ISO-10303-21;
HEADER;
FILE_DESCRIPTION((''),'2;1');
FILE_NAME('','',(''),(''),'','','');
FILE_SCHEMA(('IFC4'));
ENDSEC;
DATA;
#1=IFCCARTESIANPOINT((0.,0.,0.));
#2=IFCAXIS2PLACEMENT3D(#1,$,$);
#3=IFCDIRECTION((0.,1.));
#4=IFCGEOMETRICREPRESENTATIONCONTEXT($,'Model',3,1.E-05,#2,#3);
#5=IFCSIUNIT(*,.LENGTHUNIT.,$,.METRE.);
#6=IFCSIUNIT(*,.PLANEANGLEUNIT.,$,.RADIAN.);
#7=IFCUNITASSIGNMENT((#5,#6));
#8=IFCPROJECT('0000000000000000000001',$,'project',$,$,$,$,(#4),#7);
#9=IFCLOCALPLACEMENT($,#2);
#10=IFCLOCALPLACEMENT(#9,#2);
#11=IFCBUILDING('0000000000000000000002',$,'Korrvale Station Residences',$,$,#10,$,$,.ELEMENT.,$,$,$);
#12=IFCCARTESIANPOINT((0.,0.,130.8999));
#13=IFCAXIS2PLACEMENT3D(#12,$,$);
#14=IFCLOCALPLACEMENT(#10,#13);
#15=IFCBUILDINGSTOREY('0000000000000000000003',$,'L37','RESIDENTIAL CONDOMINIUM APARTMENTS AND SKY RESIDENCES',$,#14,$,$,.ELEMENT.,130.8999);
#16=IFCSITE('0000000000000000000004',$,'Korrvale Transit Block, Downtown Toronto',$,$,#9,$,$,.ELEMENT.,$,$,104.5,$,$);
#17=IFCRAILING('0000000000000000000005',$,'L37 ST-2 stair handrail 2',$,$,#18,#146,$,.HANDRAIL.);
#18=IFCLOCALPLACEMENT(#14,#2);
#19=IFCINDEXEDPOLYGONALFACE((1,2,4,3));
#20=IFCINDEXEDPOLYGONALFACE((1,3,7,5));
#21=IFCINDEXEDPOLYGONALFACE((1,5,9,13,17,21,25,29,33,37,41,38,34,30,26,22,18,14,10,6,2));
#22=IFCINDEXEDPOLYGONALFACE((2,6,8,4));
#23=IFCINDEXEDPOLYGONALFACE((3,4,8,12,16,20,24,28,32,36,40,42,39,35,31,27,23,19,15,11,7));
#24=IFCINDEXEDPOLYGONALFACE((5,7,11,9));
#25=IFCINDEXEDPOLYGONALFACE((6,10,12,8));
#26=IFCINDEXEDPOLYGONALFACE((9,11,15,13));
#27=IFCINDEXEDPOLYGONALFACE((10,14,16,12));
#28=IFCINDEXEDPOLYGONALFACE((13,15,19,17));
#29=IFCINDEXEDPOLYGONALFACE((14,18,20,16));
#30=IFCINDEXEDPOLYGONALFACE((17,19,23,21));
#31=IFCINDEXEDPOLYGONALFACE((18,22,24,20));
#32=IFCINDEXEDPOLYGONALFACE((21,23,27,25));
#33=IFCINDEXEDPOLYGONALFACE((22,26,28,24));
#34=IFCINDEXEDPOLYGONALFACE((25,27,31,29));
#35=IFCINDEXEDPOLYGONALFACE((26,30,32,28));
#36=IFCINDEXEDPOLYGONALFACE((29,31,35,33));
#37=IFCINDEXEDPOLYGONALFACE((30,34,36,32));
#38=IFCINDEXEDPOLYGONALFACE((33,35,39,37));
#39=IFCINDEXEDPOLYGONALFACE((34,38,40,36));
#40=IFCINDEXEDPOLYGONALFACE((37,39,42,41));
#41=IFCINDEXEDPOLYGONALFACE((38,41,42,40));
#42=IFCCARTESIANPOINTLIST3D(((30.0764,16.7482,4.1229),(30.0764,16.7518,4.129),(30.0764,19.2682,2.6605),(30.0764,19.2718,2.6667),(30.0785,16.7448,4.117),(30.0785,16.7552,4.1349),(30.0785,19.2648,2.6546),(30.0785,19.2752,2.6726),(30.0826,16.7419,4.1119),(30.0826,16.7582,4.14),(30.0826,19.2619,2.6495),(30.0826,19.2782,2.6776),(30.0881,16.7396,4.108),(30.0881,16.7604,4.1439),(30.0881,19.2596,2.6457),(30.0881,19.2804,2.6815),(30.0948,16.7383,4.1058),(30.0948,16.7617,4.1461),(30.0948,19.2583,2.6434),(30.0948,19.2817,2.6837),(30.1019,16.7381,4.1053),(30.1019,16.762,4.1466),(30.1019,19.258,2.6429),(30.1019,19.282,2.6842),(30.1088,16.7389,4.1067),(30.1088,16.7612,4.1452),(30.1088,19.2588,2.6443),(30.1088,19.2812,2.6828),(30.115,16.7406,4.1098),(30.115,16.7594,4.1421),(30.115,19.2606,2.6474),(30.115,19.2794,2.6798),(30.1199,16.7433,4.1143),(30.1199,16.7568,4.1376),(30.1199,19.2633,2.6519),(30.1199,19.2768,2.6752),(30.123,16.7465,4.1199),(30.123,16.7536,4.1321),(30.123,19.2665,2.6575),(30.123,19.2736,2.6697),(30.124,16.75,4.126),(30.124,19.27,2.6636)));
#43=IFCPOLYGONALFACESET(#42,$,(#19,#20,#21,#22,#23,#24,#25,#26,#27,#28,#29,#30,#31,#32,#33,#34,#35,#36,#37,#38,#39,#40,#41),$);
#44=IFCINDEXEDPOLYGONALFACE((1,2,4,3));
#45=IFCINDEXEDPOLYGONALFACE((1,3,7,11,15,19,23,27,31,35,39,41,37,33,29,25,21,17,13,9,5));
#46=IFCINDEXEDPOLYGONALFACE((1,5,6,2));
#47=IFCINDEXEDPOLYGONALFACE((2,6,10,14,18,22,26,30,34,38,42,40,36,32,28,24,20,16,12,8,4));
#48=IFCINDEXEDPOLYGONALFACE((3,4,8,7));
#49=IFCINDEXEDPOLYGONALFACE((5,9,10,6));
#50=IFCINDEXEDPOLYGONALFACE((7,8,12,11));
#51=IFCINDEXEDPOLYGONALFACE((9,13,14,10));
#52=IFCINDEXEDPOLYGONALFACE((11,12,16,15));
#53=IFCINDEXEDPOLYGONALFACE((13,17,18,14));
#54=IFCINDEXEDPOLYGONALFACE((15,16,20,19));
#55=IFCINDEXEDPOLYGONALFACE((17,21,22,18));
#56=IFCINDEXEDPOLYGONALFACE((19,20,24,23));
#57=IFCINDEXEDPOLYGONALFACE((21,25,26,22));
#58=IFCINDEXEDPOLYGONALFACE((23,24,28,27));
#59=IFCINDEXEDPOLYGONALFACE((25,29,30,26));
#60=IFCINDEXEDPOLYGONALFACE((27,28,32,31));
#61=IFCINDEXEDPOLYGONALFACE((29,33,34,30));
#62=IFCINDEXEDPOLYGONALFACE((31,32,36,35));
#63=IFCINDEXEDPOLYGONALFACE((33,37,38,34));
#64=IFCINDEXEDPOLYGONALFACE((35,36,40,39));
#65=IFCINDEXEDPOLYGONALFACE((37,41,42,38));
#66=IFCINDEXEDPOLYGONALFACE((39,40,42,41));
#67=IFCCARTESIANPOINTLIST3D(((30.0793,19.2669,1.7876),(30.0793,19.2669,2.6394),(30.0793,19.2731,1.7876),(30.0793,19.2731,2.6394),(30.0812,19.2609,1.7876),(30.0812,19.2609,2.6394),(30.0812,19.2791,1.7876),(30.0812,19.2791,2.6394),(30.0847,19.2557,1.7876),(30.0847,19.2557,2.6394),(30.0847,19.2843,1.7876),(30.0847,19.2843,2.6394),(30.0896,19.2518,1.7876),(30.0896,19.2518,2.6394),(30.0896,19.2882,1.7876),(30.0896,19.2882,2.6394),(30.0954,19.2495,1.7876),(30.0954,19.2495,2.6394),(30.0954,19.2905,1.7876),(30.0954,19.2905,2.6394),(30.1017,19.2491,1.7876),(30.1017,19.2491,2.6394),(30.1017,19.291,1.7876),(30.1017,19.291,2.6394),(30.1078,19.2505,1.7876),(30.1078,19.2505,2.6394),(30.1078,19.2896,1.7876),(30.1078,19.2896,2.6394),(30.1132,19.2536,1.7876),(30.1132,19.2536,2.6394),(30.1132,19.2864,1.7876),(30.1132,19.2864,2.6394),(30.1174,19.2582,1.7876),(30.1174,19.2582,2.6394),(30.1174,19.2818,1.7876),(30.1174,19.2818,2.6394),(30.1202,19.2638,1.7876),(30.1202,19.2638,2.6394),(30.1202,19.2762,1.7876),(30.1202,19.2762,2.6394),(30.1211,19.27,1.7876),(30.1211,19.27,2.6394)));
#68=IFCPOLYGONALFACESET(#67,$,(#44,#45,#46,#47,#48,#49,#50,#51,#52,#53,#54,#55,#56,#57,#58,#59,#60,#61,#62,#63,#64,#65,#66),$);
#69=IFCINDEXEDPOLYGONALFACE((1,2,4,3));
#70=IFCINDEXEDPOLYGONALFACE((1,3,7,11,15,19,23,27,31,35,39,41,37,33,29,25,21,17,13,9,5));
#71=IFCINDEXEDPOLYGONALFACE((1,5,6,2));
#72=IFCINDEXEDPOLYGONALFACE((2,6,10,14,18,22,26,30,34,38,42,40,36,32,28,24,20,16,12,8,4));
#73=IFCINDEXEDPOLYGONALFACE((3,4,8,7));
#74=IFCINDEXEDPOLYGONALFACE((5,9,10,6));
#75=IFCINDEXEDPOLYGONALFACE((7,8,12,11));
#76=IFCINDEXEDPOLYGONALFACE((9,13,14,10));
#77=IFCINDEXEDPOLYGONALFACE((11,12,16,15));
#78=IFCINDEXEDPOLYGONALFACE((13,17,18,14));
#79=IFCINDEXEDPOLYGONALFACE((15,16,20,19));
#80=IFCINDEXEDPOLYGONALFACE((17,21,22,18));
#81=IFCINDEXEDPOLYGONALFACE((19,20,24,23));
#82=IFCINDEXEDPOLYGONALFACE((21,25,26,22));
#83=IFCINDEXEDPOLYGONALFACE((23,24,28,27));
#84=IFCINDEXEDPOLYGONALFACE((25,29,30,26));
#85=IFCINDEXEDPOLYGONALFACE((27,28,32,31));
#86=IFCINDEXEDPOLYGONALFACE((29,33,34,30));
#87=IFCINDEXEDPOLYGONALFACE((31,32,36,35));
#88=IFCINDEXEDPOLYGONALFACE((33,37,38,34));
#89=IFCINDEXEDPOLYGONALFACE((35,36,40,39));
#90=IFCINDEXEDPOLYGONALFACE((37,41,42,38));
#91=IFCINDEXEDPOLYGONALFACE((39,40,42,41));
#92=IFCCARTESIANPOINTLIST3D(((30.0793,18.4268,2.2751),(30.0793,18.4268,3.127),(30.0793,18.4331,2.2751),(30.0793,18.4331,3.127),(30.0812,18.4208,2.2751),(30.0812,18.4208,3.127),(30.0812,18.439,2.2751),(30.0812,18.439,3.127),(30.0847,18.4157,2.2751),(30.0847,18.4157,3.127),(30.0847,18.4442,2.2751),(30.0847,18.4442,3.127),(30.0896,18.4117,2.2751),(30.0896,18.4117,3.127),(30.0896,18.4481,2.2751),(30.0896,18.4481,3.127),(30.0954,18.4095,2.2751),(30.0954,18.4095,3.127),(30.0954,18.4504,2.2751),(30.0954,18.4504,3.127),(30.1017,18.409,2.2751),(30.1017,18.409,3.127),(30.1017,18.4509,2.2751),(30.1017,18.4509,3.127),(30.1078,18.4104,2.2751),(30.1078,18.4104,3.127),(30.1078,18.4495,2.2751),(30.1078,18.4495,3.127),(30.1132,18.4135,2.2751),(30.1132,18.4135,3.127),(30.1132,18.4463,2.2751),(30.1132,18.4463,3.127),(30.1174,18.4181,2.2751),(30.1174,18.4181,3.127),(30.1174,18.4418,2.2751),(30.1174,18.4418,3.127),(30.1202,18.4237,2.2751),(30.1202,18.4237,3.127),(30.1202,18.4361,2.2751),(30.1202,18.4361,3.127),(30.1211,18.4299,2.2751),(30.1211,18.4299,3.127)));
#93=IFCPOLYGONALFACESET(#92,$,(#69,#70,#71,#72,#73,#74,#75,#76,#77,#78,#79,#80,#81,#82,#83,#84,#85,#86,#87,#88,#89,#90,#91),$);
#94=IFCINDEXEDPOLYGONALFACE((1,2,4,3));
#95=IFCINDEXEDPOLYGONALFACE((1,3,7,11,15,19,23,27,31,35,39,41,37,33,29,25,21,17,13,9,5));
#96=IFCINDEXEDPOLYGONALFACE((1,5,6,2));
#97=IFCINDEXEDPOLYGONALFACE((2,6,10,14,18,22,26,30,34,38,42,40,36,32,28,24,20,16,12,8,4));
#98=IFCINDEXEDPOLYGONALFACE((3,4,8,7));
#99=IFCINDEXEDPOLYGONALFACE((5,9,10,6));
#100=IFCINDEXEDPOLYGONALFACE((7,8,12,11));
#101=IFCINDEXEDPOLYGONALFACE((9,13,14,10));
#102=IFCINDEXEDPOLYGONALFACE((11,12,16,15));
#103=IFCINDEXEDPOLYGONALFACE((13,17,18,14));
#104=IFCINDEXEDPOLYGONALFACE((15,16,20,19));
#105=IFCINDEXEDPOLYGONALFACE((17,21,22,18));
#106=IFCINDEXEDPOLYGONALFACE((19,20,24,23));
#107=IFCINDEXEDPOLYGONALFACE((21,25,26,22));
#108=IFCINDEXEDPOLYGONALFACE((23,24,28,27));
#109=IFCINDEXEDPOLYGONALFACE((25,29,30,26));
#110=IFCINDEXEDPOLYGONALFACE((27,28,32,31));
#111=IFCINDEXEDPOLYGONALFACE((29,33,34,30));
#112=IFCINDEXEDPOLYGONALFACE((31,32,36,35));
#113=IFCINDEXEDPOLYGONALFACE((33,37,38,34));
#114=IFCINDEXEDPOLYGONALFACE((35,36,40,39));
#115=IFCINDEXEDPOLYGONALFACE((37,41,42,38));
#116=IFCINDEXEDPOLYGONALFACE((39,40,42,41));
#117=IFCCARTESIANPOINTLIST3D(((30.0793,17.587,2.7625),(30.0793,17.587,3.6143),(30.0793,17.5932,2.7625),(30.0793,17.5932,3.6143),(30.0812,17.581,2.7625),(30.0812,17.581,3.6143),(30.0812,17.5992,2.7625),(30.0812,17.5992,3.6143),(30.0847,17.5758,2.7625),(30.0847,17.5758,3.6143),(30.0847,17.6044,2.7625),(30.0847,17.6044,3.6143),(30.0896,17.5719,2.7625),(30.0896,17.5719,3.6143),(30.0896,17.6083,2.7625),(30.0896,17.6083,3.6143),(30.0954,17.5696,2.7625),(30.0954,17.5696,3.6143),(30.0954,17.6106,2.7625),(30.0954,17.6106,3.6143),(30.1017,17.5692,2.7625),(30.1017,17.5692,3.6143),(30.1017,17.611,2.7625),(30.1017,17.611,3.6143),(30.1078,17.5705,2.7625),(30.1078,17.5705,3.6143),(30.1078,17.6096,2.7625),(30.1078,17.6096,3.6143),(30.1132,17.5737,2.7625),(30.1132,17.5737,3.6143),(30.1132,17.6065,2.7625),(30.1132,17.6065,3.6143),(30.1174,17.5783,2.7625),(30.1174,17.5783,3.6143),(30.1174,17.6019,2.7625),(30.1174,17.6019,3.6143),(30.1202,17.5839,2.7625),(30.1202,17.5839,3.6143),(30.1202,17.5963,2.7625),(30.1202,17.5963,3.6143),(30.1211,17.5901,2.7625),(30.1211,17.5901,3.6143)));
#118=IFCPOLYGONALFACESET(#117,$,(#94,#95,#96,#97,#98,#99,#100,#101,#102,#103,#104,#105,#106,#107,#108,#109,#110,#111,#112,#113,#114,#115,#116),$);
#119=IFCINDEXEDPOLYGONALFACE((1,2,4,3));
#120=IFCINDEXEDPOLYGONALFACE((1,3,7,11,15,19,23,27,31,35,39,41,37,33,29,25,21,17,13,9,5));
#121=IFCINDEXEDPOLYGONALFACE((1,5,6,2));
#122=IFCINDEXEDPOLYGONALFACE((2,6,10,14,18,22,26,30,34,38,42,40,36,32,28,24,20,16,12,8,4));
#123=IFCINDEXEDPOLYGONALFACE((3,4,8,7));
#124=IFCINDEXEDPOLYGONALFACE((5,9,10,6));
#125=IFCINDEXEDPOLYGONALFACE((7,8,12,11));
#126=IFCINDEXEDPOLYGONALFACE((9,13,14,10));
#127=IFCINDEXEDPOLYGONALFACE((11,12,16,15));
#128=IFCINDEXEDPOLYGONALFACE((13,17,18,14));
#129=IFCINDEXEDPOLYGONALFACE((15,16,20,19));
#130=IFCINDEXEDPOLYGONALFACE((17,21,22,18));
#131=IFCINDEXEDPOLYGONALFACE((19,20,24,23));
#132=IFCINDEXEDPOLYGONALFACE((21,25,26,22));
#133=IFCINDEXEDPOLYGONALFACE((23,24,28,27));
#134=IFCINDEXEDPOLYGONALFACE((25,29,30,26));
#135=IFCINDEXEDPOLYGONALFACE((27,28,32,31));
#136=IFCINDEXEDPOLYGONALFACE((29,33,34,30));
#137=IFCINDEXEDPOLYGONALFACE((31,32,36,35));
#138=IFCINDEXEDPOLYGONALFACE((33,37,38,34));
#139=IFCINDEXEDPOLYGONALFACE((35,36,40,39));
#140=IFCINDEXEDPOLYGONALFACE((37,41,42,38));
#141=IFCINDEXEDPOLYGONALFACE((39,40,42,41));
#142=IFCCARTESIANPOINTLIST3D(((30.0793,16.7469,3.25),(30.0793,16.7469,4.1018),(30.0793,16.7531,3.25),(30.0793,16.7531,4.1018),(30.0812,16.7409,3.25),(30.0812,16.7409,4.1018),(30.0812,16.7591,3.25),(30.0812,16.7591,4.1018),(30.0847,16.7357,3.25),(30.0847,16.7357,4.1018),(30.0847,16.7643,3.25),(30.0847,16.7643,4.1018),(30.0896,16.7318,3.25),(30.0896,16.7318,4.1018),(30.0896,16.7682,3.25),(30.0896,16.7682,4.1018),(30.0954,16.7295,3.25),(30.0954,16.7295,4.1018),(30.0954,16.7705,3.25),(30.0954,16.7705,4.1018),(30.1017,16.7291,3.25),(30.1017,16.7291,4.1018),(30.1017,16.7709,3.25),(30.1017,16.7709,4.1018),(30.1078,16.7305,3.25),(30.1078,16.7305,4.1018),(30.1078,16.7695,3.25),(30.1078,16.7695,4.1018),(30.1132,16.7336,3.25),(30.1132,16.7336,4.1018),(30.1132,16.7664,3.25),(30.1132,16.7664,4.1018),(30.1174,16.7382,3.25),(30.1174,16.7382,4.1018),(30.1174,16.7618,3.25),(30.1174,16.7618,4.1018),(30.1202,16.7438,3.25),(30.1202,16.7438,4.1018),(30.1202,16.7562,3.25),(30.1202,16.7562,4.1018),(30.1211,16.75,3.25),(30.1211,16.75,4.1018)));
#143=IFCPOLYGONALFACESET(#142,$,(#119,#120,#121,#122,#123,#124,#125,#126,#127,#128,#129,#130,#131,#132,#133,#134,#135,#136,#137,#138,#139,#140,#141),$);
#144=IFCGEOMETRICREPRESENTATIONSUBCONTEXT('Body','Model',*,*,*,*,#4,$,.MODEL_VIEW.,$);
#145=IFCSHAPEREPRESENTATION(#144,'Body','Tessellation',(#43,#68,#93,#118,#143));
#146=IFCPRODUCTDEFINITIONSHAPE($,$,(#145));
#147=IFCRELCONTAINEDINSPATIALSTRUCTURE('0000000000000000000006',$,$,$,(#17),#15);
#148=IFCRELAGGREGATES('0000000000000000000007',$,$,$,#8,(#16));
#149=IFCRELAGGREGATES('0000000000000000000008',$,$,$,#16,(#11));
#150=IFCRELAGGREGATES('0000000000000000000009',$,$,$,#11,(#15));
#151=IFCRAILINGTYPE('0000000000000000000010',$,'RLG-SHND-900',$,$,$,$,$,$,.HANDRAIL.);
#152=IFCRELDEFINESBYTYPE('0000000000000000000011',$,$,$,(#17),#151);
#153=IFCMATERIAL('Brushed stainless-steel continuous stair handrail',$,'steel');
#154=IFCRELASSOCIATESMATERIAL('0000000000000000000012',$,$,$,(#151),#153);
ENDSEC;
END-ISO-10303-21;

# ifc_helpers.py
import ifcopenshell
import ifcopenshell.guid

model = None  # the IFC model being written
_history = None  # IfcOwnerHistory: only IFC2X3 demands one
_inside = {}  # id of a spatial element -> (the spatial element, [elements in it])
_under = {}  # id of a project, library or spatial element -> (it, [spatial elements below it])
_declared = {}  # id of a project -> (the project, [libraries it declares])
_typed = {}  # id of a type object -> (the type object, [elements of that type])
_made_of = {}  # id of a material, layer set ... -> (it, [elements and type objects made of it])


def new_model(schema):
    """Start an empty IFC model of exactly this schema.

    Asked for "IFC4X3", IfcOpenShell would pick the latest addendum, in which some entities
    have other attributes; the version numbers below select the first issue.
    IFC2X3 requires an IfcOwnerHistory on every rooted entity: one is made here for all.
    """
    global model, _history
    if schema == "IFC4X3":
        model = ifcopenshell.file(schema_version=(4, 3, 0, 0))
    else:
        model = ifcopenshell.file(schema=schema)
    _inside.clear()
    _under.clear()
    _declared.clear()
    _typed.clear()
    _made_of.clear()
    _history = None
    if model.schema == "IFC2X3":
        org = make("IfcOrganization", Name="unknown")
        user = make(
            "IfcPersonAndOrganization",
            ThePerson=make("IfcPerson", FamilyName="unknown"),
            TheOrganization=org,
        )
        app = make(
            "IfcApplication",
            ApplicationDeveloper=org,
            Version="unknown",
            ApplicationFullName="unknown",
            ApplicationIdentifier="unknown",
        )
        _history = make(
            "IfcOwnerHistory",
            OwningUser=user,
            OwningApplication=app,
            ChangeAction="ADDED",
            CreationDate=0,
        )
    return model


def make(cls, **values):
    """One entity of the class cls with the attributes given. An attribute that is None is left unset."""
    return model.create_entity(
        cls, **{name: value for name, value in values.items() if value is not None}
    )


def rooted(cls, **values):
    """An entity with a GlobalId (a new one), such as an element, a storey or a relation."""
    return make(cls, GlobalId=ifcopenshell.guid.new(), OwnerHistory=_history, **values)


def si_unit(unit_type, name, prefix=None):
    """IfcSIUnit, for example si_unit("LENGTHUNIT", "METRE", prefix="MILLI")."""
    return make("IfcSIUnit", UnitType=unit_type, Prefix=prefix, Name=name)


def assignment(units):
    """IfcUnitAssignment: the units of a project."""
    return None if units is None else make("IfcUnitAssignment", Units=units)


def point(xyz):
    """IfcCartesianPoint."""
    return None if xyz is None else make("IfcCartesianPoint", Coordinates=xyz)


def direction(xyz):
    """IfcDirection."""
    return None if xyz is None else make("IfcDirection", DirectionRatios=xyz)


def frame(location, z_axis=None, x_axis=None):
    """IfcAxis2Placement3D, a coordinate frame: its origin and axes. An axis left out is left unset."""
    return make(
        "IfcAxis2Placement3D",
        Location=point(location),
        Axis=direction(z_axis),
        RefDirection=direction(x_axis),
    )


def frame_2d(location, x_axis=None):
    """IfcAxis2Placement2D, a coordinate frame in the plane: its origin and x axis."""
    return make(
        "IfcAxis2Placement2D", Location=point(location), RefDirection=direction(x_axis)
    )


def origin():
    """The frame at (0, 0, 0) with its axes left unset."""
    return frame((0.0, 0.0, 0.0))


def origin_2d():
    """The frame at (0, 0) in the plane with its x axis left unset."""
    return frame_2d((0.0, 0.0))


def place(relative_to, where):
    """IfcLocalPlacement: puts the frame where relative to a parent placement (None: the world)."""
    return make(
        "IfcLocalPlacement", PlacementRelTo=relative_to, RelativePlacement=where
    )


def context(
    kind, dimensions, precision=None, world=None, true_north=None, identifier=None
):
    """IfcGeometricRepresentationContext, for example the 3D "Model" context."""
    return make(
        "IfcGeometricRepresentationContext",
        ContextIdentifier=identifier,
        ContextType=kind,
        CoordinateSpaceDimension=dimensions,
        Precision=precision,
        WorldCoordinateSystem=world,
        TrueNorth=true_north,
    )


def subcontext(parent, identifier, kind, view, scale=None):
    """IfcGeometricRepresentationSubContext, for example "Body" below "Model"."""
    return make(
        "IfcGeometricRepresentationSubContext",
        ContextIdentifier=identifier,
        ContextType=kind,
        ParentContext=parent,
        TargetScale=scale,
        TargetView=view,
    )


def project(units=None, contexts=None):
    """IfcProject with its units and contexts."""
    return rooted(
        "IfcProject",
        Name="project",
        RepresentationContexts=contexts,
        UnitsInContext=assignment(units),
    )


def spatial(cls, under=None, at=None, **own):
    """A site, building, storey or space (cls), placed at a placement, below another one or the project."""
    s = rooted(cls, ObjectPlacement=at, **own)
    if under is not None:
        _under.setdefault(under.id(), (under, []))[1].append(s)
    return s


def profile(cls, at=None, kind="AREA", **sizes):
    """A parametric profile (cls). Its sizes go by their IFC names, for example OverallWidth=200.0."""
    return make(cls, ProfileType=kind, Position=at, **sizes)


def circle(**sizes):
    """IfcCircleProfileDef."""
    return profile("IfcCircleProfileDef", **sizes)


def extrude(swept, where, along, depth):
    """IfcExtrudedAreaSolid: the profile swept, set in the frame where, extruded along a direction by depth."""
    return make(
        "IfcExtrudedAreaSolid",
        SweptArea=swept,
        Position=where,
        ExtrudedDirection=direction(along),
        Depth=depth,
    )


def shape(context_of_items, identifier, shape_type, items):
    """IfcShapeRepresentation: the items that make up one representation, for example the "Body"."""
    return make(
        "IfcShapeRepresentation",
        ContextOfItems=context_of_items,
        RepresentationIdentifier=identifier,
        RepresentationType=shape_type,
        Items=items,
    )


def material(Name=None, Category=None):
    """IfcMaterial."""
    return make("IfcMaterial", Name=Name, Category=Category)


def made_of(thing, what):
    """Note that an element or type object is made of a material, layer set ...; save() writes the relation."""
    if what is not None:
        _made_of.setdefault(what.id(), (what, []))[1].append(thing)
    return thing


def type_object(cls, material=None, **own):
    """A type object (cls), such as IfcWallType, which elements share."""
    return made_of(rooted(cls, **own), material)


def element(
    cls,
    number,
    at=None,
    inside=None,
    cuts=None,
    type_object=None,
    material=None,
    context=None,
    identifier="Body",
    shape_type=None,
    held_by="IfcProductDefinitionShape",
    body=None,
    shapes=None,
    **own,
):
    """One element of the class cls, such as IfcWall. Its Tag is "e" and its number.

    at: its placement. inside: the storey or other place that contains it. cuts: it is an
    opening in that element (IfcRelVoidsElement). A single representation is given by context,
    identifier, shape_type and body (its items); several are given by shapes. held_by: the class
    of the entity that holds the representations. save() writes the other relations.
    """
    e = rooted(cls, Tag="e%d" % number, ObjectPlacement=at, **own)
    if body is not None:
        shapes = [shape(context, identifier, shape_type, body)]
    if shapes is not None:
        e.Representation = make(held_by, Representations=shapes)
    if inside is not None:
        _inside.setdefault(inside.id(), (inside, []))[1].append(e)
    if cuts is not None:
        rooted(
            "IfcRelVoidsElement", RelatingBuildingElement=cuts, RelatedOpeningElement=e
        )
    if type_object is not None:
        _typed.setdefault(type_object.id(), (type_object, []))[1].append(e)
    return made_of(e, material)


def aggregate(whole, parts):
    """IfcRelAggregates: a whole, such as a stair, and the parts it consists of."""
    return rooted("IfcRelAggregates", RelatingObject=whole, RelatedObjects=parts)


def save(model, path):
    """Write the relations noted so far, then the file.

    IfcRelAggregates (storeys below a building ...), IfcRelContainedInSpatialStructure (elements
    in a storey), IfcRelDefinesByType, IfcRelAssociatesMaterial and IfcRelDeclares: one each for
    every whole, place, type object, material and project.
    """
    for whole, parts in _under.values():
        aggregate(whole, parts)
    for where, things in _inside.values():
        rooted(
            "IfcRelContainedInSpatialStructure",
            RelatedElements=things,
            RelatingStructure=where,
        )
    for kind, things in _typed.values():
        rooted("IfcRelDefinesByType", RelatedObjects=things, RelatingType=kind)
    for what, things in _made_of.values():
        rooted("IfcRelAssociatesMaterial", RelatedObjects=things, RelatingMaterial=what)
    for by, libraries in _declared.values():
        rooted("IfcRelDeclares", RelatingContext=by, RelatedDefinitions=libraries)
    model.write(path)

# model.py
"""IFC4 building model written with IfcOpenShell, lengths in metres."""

from ifc_helpers import new_model, si_unit, direction, frame, origin, origin_2d, place, context, subcontext, project, spatial, circle, extrude, material, type_object, element, save


model = new_model("IFC4")

# Units and contexts
model_context = context("Model", 3, precision=1e-05, world=origin(), true_north=direction((0.0, 1.0)))
body_context = subcontext(model_context, "Body", "Model", "MODEL_VIEW")
ifc_project = project(units=[si_unit("LENGTHUNIT", "METRE"), si_unit("PLANEANGLEUNIT", "RADIAN")], contexts=[model_context])

# Site, building, storey
site_placement = place(None, origin())
site = spatial("IfcSite", under=ifc_project, at=site_placement, Name="Korrvale Transit Block, Downtown Toronto", CompositionType="ELEMENT", RefElevation=104.5)
building_placement = place(site_placement, origin())
building = spatial("IfcBuilding", under=site, at=building_placement, Name="Korrvale Station Residences", CompositionType="ELEMENT")
storey_placement = place(building_placement, frame((0.0, 0.0, 130.8999)))
storey = spatial("IfcBuildingStorey", under=building, at=storey_placement, Name="L37", Description="RESIDENTIAL CONDOMINIUM APARTMENTS AND SKY RESIDENCES", CompositionType="ELEMENT", Elevation=130.8999)

# Railing
ifc_material_1 = material(Name="Brushed stainless-steel continuous stair handrail", Category="steel")
railing_type_1 = type_object("IfcRailingType", Name="RLG-SHND-900", PredefinedType="HANDRAIL", material=ifc_material_1)
railing_1_placement = place(storey_placement, frame((30.1001, 19.27, 1.7876)))
element("IfcRailing", 1, at=railing_1_placement, inside=storey, type_object=railing_type_1, Name="L37 ST-2 stair handrail 2", PredefinedType="HANDRAIL", context=body_context, shape_type="SweptSolid", body=[
    extrude(circle(Radius=0.0239, at=origin_2d()), frame((0.0, 0.0, 0.876), z_axis=(0.0, -0.864913, 0.501921), x_axis=(1.0, 0.0, 0.0)), (0.0, 0.0, 1.0), 2.9136),
    extrude(circle(Radius=0.021, at=origin_2d()), origin(), (0.0, 0.0, 1.0), 0.8518),
    extrude(circle(Radius=0.021, at=origin_2d()), frame((0.0, -0.8401, 0.4875)), (0.0, 0.0, 1.0), 0.8518),
    extrude(circle(Radius=0.021, at=origin_2d()), frame((0.0, -1.6799, 0.9749)), (0.0, 0.0, 1.0), 0.8518),
    extrude(circle(Radius=0.021, at=origin_2d()), frame((0.0, -2.52, 1.4624)), (0.0, 0.0, 1.0), 0.8518),
])

save(model, "model.ifc")
